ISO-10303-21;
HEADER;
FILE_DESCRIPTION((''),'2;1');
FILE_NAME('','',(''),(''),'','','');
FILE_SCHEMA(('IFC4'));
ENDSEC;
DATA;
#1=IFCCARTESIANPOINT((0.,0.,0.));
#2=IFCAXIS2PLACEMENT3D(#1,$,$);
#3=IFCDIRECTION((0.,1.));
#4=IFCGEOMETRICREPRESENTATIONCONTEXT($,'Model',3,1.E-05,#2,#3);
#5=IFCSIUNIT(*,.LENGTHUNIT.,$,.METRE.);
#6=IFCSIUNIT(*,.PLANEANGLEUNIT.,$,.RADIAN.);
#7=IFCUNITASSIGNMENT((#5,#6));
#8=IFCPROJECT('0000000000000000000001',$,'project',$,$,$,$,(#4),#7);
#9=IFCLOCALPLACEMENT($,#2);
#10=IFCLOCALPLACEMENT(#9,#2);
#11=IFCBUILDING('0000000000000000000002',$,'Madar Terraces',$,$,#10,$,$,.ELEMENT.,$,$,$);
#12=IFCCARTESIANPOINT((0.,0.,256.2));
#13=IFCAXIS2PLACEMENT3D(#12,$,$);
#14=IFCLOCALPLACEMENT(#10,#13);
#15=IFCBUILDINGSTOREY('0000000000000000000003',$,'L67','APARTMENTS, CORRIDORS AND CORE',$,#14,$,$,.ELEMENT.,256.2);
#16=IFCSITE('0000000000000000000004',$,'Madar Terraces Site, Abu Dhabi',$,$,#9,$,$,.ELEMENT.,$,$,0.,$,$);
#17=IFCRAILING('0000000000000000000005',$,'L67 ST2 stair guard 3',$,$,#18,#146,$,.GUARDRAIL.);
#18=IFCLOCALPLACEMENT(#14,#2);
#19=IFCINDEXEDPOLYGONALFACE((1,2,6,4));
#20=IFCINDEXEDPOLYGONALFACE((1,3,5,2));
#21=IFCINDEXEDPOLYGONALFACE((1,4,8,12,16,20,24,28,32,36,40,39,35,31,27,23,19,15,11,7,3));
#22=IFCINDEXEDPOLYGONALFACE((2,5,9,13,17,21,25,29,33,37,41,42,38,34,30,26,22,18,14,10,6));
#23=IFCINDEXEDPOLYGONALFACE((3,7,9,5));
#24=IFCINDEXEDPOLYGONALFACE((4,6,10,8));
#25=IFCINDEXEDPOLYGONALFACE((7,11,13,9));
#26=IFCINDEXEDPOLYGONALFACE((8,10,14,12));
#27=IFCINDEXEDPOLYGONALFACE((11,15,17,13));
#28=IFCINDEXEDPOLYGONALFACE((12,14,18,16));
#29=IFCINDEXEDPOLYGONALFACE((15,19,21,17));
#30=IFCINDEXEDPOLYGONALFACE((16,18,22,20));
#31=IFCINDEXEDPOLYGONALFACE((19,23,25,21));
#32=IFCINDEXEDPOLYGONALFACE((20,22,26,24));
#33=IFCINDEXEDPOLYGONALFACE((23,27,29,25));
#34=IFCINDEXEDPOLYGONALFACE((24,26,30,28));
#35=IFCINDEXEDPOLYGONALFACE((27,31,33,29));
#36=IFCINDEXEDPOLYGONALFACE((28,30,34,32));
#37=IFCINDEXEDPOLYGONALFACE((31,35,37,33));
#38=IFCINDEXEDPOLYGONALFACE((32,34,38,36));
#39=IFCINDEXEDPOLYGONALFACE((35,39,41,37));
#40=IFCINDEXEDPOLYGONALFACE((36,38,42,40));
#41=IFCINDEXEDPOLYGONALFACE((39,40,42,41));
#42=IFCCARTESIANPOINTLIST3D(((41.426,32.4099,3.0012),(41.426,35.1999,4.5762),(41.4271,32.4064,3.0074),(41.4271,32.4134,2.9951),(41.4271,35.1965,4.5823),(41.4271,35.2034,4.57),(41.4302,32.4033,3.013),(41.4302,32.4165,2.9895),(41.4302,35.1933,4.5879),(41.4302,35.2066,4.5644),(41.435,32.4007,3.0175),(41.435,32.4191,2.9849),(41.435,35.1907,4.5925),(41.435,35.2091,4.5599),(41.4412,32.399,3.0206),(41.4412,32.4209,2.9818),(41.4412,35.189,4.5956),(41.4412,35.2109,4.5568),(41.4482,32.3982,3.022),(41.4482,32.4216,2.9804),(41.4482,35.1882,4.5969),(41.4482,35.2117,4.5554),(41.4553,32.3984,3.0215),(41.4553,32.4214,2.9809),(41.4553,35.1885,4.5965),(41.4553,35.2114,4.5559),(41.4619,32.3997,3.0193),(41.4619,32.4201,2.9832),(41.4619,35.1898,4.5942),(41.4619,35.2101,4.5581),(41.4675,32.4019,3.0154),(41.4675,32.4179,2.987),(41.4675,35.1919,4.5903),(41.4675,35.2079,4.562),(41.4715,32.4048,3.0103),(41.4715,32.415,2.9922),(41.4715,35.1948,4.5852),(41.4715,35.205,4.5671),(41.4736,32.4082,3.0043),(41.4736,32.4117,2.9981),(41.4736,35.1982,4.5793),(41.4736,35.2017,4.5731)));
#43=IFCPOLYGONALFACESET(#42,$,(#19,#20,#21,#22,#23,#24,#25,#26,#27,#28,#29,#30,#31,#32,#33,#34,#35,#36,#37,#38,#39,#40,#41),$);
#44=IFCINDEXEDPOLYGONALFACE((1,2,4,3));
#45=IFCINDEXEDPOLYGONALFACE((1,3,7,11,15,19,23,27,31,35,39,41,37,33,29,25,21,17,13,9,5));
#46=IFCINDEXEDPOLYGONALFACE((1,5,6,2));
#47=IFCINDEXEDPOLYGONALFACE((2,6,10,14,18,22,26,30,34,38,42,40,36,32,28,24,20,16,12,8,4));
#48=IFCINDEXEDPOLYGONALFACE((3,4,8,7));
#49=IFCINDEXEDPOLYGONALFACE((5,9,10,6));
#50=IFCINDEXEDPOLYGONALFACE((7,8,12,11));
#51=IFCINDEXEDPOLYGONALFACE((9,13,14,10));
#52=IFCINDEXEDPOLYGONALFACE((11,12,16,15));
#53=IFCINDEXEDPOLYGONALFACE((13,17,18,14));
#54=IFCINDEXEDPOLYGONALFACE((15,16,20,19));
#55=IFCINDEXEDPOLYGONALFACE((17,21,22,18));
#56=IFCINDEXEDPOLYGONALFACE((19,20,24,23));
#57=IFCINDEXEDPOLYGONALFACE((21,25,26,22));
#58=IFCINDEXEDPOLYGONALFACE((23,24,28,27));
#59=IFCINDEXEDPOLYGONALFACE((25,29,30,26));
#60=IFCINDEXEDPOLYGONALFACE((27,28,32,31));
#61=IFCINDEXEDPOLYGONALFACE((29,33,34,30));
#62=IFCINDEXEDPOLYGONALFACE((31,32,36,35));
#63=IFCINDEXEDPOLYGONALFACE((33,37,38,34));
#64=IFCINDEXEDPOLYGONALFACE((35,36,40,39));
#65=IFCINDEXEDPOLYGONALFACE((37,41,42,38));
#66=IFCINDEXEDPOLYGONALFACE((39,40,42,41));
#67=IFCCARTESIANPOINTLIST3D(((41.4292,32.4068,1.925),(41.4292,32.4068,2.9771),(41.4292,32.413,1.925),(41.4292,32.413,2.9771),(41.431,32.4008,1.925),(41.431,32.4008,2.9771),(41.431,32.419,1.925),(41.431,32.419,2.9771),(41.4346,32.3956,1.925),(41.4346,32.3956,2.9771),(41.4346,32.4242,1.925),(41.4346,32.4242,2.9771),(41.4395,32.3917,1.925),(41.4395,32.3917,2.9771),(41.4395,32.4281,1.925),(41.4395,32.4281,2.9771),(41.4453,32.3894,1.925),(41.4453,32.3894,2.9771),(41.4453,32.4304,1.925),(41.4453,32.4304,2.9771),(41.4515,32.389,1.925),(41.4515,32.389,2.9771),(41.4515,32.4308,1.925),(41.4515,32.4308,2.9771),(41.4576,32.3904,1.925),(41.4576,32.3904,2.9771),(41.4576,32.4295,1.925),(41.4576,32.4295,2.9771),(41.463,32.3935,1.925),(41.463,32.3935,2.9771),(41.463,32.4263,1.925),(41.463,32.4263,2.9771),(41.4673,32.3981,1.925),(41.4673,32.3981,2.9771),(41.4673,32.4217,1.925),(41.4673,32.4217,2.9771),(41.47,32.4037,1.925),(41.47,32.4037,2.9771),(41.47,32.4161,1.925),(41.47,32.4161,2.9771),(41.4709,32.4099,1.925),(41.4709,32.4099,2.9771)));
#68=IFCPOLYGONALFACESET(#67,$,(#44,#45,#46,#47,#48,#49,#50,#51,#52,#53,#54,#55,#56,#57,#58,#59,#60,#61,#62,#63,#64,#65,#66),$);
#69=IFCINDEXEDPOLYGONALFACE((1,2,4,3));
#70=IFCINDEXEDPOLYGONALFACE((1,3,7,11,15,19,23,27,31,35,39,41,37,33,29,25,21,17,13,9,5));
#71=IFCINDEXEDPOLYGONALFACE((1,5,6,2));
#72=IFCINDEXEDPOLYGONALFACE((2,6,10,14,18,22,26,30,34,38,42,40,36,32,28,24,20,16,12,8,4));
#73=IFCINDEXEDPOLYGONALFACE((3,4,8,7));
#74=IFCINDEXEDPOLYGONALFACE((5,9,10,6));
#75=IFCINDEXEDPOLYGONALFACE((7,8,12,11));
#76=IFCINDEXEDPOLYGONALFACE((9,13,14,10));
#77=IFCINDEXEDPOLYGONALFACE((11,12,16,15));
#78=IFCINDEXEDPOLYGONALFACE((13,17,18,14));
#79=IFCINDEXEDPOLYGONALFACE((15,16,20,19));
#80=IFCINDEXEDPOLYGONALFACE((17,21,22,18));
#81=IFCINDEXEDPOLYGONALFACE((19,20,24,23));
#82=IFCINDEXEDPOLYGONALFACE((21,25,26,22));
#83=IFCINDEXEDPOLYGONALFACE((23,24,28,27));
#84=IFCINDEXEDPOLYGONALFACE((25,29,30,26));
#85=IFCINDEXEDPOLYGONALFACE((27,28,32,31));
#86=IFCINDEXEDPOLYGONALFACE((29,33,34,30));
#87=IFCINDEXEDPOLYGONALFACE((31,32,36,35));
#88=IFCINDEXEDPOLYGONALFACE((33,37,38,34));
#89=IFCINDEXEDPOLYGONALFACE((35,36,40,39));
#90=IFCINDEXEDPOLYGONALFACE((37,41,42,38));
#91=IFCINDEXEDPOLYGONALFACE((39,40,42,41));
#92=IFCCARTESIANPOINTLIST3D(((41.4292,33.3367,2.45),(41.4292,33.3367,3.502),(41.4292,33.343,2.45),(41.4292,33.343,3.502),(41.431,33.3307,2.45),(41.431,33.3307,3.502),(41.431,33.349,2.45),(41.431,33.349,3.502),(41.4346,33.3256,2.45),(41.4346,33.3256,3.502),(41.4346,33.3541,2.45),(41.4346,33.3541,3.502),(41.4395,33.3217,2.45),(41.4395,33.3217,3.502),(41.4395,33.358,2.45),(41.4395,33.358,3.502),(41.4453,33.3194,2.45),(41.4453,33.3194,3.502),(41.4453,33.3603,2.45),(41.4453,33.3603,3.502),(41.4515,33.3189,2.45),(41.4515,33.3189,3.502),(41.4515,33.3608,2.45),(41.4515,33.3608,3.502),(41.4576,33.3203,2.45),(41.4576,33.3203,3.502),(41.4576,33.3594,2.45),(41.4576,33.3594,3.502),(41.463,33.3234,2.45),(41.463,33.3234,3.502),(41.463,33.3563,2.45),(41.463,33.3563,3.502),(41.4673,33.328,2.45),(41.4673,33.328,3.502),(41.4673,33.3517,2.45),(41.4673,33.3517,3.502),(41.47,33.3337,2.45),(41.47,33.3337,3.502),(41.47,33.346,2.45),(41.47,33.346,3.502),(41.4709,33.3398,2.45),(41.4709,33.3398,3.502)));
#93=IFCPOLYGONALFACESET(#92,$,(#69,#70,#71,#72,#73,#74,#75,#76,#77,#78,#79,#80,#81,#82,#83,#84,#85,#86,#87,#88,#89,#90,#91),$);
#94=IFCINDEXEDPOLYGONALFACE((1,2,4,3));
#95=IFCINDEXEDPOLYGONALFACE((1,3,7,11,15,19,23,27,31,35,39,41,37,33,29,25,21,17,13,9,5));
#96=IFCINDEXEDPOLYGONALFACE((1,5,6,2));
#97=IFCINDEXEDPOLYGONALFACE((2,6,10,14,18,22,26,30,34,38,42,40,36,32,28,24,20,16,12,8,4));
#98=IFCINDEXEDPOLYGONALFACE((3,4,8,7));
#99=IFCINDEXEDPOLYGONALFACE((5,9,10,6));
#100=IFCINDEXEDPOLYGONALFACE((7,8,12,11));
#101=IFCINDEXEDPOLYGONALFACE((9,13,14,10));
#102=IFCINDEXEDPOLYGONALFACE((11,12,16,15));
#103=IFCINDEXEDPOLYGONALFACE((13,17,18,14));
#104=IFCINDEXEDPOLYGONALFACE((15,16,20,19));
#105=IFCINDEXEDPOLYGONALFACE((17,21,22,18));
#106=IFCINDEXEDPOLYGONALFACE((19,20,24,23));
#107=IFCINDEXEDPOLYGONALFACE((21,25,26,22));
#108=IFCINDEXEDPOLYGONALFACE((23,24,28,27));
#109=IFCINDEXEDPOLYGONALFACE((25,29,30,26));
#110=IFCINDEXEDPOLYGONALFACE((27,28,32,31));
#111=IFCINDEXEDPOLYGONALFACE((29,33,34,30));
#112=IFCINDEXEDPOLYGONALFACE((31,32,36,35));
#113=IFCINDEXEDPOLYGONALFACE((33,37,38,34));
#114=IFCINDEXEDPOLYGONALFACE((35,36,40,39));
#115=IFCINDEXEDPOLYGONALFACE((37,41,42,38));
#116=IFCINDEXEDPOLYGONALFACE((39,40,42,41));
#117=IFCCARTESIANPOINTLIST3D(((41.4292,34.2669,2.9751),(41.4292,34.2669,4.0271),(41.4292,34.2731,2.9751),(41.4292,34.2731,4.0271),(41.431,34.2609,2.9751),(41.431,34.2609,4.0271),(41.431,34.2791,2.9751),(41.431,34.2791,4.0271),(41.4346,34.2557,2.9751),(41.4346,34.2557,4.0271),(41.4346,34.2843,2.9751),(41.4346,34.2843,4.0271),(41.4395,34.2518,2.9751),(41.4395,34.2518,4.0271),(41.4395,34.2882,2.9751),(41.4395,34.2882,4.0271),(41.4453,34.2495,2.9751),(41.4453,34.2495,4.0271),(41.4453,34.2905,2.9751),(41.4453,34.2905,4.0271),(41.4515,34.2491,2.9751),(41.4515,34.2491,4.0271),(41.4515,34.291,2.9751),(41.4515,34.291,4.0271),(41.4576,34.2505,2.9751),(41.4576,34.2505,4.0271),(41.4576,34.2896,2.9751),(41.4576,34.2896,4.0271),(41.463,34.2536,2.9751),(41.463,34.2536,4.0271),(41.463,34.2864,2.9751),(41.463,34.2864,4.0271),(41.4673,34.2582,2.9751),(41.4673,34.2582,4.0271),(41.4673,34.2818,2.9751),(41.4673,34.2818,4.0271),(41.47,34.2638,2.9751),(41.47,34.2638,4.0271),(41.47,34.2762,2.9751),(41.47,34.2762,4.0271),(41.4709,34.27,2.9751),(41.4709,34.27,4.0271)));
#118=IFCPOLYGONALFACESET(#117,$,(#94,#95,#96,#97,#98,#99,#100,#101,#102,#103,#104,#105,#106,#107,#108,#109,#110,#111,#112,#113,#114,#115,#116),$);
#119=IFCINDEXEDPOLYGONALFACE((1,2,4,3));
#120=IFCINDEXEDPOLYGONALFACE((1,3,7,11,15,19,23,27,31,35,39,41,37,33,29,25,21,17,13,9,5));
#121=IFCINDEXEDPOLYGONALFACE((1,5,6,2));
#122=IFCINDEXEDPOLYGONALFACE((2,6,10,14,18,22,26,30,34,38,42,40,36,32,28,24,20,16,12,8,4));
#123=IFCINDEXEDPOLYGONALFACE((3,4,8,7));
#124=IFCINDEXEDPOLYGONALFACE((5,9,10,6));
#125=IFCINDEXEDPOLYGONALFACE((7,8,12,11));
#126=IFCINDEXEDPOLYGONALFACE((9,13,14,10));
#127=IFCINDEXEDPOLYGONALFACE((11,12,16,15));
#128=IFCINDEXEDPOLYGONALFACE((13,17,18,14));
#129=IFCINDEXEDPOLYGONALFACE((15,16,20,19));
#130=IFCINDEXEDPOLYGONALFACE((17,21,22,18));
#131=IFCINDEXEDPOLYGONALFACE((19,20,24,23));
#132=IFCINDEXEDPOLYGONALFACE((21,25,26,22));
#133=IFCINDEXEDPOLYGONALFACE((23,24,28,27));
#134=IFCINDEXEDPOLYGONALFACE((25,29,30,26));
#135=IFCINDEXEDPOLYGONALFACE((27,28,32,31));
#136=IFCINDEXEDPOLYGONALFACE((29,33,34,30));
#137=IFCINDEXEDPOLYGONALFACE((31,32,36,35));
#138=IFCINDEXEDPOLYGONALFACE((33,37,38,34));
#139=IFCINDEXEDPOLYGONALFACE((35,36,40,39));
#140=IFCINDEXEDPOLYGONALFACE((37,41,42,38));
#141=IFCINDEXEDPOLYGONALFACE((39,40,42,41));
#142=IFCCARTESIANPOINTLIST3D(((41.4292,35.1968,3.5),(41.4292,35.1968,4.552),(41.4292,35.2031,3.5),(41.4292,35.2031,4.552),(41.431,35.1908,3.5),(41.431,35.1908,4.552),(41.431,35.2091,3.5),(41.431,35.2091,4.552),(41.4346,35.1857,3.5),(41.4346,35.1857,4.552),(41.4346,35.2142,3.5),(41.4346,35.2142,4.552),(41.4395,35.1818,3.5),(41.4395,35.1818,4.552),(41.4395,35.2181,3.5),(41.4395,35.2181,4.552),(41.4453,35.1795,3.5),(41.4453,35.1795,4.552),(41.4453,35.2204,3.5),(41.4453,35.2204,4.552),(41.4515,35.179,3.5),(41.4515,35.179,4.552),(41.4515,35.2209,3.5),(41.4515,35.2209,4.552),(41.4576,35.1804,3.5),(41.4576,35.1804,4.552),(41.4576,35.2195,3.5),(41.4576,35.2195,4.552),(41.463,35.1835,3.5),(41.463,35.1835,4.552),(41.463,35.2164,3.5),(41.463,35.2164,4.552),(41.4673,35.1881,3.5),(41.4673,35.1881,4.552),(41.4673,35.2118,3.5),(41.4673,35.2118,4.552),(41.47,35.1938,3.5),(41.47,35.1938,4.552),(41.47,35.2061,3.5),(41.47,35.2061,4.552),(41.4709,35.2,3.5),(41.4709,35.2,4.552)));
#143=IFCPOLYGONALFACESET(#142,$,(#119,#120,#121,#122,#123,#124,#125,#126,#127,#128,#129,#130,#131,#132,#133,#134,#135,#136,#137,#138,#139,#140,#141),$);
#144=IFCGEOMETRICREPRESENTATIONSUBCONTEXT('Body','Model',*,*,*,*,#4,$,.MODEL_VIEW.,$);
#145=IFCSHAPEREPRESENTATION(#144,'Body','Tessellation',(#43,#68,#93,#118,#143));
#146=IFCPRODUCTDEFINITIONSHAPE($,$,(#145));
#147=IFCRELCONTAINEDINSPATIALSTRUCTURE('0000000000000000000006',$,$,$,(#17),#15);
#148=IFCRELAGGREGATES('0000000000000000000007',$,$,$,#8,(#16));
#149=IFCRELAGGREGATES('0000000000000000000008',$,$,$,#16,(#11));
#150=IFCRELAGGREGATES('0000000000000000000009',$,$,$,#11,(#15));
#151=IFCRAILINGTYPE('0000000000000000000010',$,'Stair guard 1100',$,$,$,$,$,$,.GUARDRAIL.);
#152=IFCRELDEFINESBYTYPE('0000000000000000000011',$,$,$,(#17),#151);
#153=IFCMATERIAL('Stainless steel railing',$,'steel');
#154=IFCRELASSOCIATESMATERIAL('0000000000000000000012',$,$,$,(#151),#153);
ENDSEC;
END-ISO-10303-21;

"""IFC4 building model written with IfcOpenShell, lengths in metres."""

from ifc_helpers import new_model, si_unit, direction, frame, origin, origin_2d, place, context, subcontext, project, spatial, circle, extrude, material, type_object, element, save


model = new_model("IFC4")

# Units and contexts
model_context = context("Model", 3, precision=1e-05, world=origin(), true_north=direction((0.0, 1.0)))
body_context = subcontext(model_context, "Body", "Model", "MODEL_VIEW")
ifc_project = project(units=[si_unit("LENGTHUNIT", "METRE"), si_unit("PLANEANGLEUNIT", "RADIAN")], contexts=[model_context])

# Site, building, storey
site_placement = place(None, origin())
site = spatial("IfcSite", under=ifc_project, at=site_placement, Name="Madar Terraces Site, Abu Dhabi", CompositionType="ELEMENT", RefElevation=0.0)
building_placement = place(site_placement, origin())
building = spatial("IfcBuilding", under=site, at=building_placement, Name="Madar Terraces", CompositionType="ELEMENT")
storey_placement = place(building_placement, frame((0.0, 0.0, 256.2)))
storey = spatial("IfcBuildingStorey", under=building, at=storey_placement, Name="L67", Description="APARTMENTS, CORRIDORS AND CORE", CompositionType="ELEMENT", Elevation=256.2)

# Railing
ifc_material_1 = material(Name="Stainless steel railing", Category="steel")
railing_type_1 = type_object("IfcRailingType", Name="Stair guard 1100", PredefinedType="GUARDRAIL", material=ifc_material_1)
railing_1_placement = place(storey_placement, frame((41.45, 32.4099, 1.925)))
element("IfcRailing", 1, at=railing_1_placement, inside=storey, type_object=railing_type_1, Name="L67 ST2 stair guard 3", PredefinedType="GUARDRAIL", context=body_context, shape_type="SweptSolid", body=[
    extrude(circle(Radius=0.0239, at=origin_2d()), frame((0.0, 0.0, 1.0762), z_axis=(0.0, 0.870834, 0.491578), x_axis=(-1.0, 0.0, 0.0)), (0.0, 0.0, 1.0), 3.2039),
    extrude(circle(Radius=0.021, at=origin_2d()), origin(), (0.0, 0.0, 1.0), 1.052),
    extrude(circle(Radius=0.021, at=origin_2d()), frame((0.0, 0.9299, 0.5249)), (0.0, 0.0, 1.0), 1.052),
    extrude(circle(Radius=0.021, at=origin_2d()), frame((0.0, 1.8601, 1.05)), (0.0, 0.0, 1.0), 1.052),
    extrude(circle(Radius=0.021, at=origin_2d()), frame((0.0, 2.79, 1.575)), (0.0, 0.0, 1.0), 1.052),
])

save(model, "model.ifc")
